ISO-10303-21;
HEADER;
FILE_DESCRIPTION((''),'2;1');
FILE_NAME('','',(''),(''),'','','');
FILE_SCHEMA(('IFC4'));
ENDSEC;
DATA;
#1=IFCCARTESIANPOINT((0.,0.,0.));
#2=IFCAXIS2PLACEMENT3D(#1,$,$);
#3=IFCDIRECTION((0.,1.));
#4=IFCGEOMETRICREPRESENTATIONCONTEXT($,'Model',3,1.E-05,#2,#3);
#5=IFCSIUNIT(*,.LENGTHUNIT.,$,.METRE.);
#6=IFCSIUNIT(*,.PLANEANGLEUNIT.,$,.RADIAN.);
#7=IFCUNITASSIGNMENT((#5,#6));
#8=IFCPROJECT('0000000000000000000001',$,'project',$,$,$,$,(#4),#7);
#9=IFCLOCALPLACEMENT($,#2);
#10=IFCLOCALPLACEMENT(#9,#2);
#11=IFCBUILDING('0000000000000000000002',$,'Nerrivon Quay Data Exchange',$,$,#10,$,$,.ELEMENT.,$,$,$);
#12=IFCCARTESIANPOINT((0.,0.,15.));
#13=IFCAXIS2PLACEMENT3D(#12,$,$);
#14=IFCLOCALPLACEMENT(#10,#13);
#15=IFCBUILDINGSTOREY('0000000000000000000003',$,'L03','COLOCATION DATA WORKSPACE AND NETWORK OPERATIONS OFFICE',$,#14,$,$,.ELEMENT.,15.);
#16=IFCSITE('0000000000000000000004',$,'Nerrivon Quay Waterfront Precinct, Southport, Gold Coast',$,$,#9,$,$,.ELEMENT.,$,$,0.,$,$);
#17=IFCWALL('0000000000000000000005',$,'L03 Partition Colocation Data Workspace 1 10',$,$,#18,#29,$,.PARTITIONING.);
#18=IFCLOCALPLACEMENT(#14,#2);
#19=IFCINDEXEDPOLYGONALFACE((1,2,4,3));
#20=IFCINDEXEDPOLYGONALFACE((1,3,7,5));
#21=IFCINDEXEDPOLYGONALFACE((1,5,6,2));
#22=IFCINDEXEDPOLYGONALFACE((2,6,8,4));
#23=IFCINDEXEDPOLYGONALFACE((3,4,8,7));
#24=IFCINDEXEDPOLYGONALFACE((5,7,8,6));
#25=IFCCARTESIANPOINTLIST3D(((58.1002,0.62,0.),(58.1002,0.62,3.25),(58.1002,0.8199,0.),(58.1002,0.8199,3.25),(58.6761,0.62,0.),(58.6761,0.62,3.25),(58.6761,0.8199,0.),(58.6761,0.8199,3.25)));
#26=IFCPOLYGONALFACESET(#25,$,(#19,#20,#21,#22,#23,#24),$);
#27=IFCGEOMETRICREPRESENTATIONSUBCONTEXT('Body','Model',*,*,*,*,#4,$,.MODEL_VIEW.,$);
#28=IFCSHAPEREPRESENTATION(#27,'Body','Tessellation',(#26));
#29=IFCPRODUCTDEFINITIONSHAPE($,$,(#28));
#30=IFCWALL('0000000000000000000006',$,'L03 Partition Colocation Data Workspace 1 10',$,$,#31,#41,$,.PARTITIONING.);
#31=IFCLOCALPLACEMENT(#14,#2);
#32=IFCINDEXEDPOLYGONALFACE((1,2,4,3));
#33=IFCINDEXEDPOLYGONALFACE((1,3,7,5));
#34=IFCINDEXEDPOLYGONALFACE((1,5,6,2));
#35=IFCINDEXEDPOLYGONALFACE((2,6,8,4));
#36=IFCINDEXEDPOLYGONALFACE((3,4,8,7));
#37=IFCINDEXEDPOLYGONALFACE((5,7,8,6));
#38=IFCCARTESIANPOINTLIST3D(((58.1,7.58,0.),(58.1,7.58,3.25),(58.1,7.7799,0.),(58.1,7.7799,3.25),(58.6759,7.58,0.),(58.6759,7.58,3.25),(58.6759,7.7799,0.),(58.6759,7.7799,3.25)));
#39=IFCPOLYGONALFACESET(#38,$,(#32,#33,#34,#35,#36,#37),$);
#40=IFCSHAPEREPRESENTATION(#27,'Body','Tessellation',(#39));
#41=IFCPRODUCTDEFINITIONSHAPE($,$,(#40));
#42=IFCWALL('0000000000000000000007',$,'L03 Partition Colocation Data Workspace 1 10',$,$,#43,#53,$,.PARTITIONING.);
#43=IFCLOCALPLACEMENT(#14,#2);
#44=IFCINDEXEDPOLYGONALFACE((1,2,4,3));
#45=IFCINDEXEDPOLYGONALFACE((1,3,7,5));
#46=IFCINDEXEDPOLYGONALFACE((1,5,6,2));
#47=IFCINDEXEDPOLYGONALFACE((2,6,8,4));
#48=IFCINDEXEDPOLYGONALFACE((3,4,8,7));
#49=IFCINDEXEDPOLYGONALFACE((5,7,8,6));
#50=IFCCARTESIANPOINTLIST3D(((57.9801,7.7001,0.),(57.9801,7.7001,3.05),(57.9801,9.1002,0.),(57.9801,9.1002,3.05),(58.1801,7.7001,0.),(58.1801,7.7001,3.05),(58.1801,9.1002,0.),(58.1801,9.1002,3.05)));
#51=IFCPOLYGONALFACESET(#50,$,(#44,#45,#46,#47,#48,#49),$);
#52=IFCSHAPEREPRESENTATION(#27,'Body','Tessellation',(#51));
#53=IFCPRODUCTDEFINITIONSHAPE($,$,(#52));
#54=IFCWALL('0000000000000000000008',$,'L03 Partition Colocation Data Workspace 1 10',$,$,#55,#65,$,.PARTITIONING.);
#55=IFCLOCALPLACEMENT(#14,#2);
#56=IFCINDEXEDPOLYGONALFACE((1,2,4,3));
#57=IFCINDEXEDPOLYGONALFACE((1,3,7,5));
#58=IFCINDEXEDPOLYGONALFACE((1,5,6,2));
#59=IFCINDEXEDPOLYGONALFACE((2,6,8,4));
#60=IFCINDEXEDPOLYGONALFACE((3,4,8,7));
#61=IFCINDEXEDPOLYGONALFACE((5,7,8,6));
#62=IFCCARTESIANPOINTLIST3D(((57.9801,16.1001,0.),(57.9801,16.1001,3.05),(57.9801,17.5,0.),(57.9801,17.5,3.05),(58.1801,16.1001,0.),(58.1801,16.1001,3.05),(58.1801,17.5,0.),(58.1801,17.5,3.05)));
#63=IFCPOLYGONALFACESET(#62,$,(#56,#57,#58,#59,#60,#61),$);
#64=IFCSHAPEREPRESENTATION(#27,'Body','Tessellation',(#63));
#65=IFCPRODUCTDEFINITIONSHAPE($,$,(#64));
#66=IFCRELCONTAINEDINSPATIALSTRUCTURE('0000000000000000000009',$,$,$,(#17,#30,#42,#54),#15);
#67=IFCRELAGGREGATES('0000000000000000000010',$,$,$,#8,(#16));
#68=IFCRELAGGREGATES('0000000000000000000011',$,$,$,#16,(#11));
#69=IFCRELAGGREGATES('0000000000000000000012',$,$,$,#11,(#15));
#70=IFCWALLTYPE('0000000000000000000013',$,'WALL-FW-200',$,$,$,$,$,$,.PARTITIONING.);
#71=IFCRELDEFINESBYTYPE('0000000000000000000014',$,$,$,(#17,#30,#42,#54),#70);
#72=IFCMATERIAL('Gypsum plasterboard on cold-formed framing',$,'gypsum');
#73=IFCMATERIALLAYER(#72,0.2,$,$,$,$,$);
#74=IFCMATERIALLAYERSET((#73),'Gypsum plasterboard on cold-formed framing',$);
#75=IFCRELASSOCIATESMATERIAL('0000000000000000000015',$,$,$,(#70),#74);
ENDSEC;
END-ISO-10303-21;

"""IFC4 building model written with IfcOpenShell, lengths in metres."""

from ifc_helpers import new_model, si_unit, direction, frame, frame_2d, origin, place, context, subcontext, project, spatial, rectangle, extrude, material, layer, layer_set, type_object, element, save


model = new_model("IFC4")

# Units and contexts
model_context = context("Model", 3, precision=1e-05, world=origin(), true_north=direction((0.0, 1.0)))
body_context = subcontext(model_context, "Body", "Model", "MODEL_VIEW")
ifc_project = project(units=[si_unit("LENGTHUNIT", "METRE"), si_unit("PLANEANGLEUNIT", "RADIAN")], contexts=[model_context])

# Site, building, storey
site_placement = place(None, origin())
site = spatial("IfcSite", under=ifc_project, at=site_placement, Name="Nerrivon Quay Waterfront Precinct, Southport, Gold Coast", CompositionType="ELEMENT", RefElevation=0.0)
building_placement = place(site_placement, origin())
building = spatial("IfcBuilding", under=site, at=building_placement, Name="Nerrivon Quay Data Exchange", CompositionType="ELEMENT")
storey_placement = place(building_placement, frame((0.0, 0.0, 15.0)))
storey = spatial("IfcBuildingStorey", under=building, at=storey_placement, Name="L03", Description="COLOCATION DATA WORKSPACE AND NETWORK OPERATIONS OFFICE", CompositionType="ELEMENT", Elevation=15.0)

# Walls
ifc_material_1 = material(Name="Gypsum plasterboard on cold-formed framing", Category="gypsum")
ifc_layer_1 = layer(ifc_material_1, 0.2)
ifc_layer_set_1 = layer_set([ifc_layer_1], Name="Gypsum plasterboard on cold-formed framing")
wall_type_1 = type_object("IfcWallType", Name="WALL-FW-200", PredefinedType="PARTITIONING", material=ifc_layer_set_1)
for number, where, z_axis, x_axis, name in (
    (1, (58.1001, 0.72, 0.0), (0.0, 0.0, 1.0), (1.0, 0.0, 0.0), "L03 Partition Colocation Data Workspace 1 10"),
    (2, (58.676, 7.6799, 0.0), (0.0, 0.0, 1.0), (-1.0, 0.0, 0.0), "L03 Partition Colocation Data Workspace 1 10"),
):
    element("IfcWall", number, at=place(storey_placement, frame(where, z_axis=z_axis, x_axis=x_axis)), inside=storey, type_object=wall_type_1, Name=name, PredefinedType="PARTITIONING", context=body_context, shape_type="SweptSolid", body=[
        extrude(rectangle(XDim=0.5759, YDim=0.2, at=frame_2d((0.2881, 0.0))), origin(), (0.0, 0.0, 1.0), 3.25),
    ])
wall_1_placement = place(storey_placement, frame((58.0801, 7.7, 0.0), z_axis=(0.0, 0.0, 1.0), x_axis=(0.0, 1.0, 0.0)))
element("IfcWall", 3, at=wall_1_placement, inside=storey, type_object=wall_type_1, Name="L03 Partition Colocation Data Workspace 1 10", PredefinedType="PARTITIONING", context=body_context, shape_type="SweptSolid", body=[
    extrude(rectangle(XDim=1.4001, YDim=0.2, at=frame_2d((0.7002, 0.0))), origin(), (0.0, 0.0, 1.0), 3.05),
])
wall_2_placement = place(storey_placement, frame((58.0801, 16.1001, 0.0), z_axis=(0.0, 0.0, 1.0), x_axis=(0.0, 1.0, 0.0)))
element("IfcWall", 4, at=wall_2_placement, inside=storey, type_object=wall_type_1, Name="L03 Partition Colocation Data Workspace 1 10", PredefinedType="PARTITIONING", context=body_context, shape_type="SweptSolid", body=[
    extrude(rectangle(XDim=1.3999, YDim=0.2, at=frame_2d((0.7, 0.0))), origin(), (0.0, 0.0, 1.0), 3.05),
])

save(model, "model.ifc")
